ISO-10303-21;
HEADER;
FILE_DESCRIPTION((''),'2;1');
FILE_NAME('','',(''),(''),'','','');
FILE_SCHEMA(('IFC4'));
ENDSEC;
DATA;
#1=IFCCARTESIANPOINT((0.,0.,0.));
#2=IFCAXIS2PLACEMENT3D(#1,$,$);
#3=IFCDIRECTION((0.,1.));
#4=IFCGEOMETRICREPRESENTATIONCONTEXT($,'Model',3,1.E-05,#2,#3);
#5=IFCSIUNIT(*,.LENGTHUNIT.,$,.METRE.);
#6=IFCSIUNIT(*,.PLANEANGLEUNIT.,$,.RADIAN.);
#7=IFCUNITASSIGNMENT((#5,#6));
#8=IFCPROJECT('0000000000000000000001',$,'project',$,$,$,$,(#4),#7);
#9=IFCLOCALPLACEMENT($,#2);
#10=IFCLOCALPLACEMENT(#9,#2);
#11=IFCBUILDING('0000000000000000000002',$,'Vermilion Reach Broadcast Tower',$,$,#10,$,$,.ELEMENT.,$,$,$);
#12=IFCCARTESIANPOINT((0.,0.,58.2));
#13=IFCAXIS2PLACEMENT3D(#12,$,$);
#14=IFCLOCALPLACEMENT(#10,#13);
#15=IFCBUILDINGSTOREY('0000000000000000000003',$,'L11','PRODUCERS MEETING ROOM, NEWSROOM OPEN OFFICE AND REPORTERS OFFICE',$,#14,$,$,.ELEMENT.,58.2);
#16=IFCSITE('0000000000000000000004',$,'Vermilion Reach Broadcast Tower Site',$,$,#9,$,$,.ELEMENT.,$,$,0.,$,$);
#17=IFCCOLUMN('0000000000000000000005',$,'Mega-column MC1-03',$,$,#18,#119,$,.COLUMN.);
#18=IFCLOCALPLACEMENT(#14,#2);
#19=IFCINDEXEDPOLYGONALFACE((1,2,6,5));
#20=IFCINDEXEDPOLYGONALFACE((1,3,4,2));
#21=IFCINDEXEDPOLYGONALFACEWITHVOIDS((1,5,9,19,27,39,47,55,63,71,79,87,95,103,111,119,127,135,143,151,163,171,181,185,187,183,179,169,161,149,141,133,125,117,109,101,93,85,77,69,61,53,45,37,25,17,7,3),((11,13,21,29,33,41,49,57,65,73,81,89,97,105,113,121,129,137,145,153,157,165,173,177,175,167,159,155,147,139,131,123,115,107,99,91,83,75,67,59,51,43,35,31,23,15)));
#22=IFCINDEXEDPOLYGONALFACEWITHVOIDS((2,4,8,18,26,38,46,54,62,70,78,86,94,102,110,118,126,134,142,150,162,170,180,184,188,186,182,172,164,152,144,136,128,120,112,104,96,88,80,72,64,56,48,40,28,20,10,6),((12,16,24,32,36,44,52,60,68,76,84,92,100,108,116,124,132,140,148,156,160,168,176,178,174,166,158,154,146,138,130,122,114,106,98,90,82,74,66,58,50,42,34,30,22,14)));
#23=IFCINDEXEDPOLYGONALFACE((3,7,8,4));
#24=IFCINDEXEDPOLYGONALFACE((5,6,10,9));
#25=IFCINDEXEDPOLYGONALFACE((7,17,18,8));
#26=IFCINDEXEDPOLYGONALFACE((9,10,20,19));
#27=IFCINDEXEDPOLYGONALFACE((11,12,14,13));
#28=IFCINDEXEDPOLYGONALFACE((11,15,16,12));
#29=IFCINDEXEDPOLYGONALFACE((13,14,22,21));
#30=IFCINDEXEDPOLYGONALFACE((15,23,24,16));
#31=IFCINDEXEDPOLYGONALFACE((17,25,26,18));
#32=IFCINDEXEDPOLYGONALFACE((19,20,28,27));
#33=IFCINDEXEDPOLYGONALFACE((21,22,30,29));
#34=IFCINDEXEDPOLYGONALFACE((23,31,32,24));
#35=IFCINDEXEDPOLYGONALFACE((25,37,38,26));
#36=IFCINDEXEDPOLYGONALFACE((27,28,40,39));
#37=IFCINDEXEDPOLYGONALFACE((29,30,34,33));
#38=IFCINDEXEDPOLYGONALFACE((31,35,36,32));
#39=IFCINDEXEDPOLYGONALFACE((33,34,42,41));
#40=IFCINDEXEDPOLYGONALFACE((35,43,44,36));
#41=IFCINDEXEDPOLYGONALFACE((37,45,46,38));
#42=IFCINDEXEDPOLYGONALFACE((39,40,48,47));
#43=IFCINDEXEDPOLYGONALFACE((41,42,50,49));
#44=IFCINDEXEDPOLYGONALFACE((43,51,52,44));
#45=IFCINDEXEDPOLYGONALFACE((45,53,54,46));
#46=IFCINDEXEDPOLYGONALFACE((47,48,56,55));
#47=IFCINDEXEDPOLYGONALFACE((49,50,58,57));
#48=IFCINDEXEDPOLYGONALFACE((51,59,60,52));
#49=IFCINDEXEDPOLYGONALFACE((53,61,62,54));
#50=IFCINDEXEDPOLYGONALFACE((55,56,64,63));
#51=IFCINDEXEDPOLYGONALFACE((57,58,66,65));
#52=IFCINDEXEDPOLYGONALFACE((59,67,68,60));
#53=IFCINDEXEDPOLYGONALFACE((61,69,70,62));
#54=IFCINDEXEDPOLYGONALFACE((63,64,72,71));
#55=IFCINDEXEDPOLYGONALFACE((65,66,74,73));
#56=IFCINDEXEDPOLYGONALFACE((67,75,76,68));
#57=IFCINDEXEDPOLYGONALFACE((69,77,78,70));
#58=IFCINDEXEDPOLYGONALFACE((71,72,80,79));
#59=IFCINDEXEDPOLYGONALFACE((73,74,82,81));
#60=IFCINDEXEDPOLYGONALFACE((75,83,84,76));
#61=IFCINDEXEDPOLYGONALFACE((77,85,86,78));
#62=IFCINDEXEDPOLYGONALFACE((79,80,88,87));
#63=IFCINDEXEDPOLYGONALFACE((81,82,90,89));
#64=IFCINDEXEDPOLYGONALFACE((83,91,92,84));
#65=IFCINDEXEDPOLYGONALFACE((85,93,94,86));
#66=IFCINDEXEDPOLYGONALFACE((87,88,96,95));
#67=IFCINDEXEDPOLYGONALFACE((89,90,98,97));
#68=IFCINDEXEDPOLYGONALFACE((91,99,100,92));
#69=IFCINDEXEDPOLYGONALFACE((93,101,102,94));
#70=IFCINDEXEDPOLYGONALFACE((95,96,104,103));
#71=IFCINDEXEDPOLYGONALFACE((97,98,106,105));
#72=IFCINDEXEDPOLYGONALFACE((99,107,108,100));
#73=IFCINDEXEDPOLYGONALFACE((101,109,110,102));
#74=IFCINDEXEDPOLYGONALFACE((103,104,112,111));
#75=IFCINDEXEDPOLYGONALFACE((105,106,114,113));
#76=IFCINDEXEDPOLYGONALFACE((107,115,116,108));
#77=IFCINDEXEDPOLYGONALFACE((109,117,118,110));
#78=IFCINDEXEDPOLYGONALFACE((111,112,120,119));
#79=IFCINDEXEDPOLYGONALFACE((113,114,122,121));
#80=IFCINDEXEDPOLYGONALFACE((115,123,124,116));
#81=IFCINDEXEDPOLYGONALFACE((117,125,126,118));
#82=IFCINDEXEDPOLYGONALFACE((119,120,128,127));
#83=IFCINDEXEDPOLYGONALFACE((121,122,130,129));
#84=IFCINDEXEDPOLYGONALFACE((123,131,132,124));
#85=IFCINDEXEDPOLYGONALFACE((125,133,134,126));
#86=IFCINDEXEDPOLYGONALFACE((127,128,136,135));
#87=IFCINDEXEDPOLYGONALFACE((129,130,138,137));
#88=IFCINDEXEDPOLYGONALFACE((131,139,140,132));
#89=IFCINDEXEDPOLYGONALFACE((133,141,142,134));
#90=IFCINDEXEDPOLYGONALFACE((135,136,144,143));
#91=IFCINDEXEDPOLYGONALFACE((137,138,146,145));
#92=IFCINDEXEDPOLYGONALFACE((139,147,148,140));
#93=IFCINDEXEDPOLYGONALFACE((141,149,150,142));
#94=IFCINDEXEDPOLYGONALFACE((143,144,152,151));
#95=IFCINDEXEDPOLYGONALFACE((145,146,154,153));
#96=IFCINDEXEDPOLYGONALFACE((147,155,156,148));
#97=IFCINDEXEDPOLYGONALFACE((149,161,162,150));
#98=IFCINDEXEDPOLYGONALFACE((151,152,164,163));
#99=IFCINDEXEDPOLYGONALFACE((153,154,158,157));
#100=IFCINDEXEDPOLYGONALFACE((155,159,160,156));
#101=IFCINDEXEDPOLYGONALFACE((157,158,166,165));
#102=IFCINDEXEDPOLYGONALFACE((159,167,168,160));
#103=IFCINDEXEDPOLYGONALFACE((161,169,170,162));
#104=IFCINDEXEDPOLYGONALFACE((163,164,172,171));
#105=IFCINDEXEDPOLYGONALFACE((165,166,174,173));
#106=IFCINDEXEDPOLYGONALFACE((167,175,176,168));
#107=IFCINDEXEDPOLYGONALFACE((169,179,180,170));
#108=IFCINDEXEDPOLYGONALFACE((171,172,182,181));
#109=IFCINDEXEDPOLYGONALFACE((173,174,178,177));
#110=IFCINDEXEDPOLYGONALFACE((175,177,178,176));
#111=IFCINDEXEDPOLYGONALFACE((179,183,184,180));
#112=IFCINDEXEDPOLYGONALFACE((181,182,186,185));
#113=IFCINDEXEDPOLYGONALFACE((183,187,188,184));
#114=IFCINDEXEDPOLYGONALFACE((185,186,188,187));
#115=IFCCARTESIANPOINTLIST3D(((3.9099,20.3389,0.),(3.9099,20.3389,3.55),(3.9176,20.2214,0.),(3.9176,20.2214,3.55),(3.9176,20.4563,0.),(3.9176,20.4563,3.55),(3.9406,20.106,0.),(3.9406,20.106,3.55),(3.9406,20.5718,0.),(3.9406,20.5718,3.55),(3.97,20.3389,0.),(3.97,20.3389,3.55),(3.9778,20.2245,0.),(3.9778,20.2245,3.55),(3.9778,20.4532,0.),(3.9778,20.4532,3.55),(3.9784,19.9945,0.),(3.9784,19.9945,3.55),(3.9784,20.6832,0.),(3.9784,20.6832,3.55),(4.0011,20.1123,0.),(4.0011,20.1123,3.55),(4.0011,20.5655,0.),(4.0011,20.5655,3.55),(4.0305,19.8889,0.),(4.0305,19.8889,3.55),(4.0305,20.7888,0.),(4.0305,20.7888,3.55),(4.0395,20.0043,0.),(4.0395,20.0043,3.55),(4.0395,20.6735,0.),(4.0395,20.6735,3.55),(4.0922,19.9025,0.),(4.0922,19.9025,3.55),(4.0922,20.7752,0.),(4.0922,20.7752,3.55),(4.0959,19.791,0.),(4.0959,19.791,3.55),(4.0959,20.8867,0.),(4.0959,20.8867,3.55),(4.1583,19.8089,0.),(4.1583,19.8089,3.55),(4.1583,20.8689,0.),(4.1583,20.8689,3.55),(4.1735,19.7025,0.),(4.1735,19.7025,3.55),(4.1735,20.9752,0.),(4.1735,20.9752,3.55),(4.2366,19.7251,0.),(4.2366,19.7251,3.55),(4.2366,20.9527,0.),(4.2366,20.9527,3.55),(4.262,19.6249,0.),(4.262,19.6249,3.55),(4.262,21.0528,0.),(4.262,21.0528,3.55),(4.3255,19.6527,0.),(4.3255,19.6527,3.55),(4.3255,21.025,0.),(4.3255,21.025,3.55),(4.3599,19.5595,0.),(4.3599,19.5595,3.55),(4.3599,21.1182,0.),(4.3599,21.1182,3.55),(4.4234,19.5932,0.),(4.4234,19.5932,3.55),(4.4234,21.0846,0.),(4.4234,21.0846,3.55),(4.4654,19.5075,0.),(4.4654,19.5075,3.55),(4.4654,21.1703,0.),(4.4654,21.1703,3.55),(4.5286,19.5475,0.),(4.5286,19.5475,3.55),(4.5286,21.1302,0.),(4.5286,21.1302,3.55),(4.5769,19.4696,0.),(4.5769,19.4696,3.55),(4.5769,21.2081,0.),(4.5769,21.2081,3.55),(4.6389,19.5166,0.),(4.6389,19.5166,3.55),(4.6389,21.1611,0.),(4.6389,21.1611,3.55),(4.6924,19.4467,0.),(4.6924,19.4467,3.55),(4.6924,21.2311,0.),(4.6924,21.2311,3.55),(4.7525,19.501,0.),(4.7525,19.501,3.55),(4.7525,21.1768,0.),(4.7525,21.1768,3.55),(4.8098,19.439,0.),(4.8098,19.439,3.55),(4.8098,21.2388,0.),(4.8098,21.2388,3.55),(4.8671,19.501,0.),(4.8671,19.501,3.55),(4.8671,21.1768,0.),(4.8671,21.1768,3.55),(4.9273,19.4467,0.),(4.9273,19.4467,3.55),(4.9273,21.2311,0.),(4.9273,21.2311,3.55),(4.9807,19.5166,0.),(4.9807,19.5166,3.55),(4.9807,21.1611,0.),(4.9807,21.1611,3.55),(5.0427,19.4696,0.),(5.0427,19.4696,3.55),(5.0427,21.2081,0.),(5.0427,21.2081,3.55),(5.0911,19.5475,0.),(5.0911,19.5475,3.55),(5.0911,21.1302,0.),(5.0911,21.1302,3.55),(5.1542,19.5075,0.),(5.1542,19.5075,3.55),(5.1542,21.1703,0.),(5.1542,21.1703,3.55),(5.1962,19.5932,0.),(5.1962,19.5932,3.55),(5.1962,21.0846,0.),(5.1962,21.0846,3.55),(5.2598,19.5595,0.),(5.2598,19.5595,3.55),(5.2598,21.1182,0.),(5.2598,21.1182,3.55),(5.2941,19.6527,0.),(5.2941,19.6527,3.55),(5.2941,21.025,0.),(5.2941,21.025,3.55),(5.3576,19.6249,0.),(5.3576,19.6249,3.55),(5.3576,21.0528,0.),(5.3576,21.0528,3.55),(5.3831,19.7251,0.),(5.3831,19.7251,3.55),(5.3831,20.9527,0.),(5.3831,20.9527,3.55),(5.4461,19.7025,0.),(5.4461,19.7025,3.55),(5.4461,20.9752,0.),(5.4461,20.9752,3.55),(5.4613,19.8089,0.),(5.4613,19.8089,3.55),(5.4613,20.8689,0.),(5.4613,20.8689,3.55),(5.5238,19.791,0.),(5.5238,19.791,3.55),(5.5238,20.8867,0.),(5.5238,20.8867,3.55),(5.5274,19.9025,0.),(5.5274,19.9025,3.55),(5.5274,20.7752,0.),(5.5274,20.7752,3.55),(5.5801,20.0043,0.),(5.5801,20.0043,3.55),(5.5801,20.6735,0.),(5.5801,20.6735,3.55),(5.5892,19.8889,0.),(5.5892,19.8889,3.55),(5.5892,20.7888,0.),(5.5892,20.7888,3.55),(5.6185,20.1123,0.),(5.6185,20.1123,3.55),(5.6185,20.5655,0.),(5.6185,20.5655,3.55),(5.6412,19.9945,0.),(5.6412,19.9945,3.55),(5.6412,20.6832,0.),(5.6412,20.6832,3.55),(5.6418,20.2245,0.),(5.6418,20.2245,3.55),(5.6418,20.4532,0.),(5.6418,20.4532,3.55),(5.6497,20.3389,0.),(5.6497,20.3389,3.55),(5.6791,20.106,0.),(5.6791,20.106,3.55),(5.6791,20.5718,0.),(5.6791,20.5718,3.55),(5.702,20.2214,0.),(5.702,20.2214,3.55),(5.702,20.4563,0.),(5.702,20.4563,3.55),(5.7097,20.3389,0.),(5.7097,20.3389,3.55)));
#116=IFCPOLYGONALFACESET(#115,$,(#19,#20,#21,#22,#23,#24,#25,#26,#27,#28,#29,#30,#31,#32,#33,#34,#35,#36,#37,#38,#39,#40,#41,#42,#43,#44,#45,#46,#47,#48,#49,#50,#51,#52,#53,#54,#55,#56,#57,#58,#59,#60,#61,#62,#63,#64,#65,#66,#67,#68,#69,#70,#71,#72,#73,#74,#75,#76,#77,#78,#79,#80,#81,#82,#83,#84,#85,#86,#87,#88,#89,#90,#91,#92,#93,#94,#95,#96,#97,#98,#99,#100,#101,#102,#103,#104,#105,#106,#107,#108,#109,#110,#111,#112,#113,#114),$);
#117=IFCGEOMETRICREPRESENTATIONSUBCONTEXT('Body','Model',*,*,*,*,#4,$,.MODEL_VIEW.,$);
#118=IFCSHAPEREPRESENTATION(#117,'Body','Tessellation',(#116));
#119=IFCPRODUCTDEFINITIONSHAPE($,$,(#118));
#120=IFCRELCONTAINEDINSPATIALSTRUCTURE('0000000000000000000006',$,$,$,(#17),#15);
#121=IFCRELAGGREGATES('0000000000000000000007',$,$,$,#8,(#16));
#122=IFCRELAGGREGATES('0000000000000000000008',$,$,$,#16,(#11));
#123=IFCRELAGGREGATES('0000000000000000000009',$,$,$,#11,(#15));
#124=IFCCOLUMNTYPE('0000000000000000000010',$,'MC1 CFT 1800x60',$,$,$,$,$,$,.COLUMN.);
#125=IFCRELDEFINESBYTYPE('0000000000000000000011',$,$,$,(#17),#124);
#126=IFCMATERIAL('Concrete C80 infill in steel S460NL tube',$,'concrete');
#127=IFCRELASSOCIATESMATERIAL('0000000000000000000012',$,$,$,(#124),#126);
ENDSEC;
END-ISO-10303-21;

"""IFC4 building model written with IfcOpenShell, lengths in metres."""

from ifc_helpers import new_model, si_unit, direction, frame, origin, origin_2d, place, context, subcontext, project, spatial, hollow_circle, extrude, material, material_profile, profile_set, type_object, element, save


model = new_model("IFC4")

# Units and contexts
model_context = context("Model", 3, precision=1e-05, world=origin(), true_north=direction((0.0, 1.0)))
body_context = subcontext(model_context, "Body", "Model", "MODEL_VIEW")
ifc_project = project(units=[si_unit("LENGTHUNIT", "METRE"), si_unit("PLANEANGLEUNIT", "RADIAN")], contexts=[model_context])

# Site, building, storey
site_placement = place(None, origin())
site = spatial("IfcSite", under=ifc_project, at=site_placement, Name="Vermilion Reach Broadcast Tower Site", CompositionType="ELEMENT", RefElevation=0.0)
building_placement = place(site_placement, origin())
building = spatial("IfcBuilding", under=site, at=building_placement, Name="Vermilion Reach Broadcast Tower", CompositionType="ELEMENT")
storey_placement = place(building_placement, frame((0.0, 0.0, 58.2)))
storey = spatial("IfcBuildingStorey", under=building, at=storey_placement, Name="L11", Description="PRODUCERS MEETING ROOM, NEWSROOM OPEN OFFICE AND REPORTERS OFFICE", CompositionType="ELEMENT", Elevation=58.2)

# Column
ifc_material_1 = material(Name="Concrete C80 infill in steel S460NL tube", Category="concrete")
ifc_material_profile_1 = material_profile(ifc_material_1, hollow_circle(Radius=0.8999, WallThickness=0.0601, at=origin_2d()), Name="Concrete C80 infill in steel S460NL tube CFT 1800x60")
ifc_profile_set_1 = profile_set([ifc_material_profile_1], Name="Concrete C80 infill in steel S460NL tube")
column_type = type_object("IfcColumnType", Name="MC1 CFT 1800x60", PredefinedType="COLUMN", material=ifc_profile_set_1)
for number, where, z_axis, x_axis, name in (
    (1, (4.8098, 20.3389, 0.0), (0.0, 0.0, 1.0), (1.0, 0.0, 0.0), "Mega-column MC1-03"),
):
    element("IfcColumn", number, at=place(storey_placement, frame(where, z_axis=z_axis, x_axis=x_axis)), inside=storey, type_object=column_type, Name=name, PredefinedType="COLUMN", context=body_context, shape_type="SweptSolid", body=[
        extrude(hollow_circle(Radius=0.8999, WallThickness=0.0601, at=origin_2d()), origin(), (0.0, 0.0, 1.0), 3.55),
    ])

save(model, "model.ifc")
